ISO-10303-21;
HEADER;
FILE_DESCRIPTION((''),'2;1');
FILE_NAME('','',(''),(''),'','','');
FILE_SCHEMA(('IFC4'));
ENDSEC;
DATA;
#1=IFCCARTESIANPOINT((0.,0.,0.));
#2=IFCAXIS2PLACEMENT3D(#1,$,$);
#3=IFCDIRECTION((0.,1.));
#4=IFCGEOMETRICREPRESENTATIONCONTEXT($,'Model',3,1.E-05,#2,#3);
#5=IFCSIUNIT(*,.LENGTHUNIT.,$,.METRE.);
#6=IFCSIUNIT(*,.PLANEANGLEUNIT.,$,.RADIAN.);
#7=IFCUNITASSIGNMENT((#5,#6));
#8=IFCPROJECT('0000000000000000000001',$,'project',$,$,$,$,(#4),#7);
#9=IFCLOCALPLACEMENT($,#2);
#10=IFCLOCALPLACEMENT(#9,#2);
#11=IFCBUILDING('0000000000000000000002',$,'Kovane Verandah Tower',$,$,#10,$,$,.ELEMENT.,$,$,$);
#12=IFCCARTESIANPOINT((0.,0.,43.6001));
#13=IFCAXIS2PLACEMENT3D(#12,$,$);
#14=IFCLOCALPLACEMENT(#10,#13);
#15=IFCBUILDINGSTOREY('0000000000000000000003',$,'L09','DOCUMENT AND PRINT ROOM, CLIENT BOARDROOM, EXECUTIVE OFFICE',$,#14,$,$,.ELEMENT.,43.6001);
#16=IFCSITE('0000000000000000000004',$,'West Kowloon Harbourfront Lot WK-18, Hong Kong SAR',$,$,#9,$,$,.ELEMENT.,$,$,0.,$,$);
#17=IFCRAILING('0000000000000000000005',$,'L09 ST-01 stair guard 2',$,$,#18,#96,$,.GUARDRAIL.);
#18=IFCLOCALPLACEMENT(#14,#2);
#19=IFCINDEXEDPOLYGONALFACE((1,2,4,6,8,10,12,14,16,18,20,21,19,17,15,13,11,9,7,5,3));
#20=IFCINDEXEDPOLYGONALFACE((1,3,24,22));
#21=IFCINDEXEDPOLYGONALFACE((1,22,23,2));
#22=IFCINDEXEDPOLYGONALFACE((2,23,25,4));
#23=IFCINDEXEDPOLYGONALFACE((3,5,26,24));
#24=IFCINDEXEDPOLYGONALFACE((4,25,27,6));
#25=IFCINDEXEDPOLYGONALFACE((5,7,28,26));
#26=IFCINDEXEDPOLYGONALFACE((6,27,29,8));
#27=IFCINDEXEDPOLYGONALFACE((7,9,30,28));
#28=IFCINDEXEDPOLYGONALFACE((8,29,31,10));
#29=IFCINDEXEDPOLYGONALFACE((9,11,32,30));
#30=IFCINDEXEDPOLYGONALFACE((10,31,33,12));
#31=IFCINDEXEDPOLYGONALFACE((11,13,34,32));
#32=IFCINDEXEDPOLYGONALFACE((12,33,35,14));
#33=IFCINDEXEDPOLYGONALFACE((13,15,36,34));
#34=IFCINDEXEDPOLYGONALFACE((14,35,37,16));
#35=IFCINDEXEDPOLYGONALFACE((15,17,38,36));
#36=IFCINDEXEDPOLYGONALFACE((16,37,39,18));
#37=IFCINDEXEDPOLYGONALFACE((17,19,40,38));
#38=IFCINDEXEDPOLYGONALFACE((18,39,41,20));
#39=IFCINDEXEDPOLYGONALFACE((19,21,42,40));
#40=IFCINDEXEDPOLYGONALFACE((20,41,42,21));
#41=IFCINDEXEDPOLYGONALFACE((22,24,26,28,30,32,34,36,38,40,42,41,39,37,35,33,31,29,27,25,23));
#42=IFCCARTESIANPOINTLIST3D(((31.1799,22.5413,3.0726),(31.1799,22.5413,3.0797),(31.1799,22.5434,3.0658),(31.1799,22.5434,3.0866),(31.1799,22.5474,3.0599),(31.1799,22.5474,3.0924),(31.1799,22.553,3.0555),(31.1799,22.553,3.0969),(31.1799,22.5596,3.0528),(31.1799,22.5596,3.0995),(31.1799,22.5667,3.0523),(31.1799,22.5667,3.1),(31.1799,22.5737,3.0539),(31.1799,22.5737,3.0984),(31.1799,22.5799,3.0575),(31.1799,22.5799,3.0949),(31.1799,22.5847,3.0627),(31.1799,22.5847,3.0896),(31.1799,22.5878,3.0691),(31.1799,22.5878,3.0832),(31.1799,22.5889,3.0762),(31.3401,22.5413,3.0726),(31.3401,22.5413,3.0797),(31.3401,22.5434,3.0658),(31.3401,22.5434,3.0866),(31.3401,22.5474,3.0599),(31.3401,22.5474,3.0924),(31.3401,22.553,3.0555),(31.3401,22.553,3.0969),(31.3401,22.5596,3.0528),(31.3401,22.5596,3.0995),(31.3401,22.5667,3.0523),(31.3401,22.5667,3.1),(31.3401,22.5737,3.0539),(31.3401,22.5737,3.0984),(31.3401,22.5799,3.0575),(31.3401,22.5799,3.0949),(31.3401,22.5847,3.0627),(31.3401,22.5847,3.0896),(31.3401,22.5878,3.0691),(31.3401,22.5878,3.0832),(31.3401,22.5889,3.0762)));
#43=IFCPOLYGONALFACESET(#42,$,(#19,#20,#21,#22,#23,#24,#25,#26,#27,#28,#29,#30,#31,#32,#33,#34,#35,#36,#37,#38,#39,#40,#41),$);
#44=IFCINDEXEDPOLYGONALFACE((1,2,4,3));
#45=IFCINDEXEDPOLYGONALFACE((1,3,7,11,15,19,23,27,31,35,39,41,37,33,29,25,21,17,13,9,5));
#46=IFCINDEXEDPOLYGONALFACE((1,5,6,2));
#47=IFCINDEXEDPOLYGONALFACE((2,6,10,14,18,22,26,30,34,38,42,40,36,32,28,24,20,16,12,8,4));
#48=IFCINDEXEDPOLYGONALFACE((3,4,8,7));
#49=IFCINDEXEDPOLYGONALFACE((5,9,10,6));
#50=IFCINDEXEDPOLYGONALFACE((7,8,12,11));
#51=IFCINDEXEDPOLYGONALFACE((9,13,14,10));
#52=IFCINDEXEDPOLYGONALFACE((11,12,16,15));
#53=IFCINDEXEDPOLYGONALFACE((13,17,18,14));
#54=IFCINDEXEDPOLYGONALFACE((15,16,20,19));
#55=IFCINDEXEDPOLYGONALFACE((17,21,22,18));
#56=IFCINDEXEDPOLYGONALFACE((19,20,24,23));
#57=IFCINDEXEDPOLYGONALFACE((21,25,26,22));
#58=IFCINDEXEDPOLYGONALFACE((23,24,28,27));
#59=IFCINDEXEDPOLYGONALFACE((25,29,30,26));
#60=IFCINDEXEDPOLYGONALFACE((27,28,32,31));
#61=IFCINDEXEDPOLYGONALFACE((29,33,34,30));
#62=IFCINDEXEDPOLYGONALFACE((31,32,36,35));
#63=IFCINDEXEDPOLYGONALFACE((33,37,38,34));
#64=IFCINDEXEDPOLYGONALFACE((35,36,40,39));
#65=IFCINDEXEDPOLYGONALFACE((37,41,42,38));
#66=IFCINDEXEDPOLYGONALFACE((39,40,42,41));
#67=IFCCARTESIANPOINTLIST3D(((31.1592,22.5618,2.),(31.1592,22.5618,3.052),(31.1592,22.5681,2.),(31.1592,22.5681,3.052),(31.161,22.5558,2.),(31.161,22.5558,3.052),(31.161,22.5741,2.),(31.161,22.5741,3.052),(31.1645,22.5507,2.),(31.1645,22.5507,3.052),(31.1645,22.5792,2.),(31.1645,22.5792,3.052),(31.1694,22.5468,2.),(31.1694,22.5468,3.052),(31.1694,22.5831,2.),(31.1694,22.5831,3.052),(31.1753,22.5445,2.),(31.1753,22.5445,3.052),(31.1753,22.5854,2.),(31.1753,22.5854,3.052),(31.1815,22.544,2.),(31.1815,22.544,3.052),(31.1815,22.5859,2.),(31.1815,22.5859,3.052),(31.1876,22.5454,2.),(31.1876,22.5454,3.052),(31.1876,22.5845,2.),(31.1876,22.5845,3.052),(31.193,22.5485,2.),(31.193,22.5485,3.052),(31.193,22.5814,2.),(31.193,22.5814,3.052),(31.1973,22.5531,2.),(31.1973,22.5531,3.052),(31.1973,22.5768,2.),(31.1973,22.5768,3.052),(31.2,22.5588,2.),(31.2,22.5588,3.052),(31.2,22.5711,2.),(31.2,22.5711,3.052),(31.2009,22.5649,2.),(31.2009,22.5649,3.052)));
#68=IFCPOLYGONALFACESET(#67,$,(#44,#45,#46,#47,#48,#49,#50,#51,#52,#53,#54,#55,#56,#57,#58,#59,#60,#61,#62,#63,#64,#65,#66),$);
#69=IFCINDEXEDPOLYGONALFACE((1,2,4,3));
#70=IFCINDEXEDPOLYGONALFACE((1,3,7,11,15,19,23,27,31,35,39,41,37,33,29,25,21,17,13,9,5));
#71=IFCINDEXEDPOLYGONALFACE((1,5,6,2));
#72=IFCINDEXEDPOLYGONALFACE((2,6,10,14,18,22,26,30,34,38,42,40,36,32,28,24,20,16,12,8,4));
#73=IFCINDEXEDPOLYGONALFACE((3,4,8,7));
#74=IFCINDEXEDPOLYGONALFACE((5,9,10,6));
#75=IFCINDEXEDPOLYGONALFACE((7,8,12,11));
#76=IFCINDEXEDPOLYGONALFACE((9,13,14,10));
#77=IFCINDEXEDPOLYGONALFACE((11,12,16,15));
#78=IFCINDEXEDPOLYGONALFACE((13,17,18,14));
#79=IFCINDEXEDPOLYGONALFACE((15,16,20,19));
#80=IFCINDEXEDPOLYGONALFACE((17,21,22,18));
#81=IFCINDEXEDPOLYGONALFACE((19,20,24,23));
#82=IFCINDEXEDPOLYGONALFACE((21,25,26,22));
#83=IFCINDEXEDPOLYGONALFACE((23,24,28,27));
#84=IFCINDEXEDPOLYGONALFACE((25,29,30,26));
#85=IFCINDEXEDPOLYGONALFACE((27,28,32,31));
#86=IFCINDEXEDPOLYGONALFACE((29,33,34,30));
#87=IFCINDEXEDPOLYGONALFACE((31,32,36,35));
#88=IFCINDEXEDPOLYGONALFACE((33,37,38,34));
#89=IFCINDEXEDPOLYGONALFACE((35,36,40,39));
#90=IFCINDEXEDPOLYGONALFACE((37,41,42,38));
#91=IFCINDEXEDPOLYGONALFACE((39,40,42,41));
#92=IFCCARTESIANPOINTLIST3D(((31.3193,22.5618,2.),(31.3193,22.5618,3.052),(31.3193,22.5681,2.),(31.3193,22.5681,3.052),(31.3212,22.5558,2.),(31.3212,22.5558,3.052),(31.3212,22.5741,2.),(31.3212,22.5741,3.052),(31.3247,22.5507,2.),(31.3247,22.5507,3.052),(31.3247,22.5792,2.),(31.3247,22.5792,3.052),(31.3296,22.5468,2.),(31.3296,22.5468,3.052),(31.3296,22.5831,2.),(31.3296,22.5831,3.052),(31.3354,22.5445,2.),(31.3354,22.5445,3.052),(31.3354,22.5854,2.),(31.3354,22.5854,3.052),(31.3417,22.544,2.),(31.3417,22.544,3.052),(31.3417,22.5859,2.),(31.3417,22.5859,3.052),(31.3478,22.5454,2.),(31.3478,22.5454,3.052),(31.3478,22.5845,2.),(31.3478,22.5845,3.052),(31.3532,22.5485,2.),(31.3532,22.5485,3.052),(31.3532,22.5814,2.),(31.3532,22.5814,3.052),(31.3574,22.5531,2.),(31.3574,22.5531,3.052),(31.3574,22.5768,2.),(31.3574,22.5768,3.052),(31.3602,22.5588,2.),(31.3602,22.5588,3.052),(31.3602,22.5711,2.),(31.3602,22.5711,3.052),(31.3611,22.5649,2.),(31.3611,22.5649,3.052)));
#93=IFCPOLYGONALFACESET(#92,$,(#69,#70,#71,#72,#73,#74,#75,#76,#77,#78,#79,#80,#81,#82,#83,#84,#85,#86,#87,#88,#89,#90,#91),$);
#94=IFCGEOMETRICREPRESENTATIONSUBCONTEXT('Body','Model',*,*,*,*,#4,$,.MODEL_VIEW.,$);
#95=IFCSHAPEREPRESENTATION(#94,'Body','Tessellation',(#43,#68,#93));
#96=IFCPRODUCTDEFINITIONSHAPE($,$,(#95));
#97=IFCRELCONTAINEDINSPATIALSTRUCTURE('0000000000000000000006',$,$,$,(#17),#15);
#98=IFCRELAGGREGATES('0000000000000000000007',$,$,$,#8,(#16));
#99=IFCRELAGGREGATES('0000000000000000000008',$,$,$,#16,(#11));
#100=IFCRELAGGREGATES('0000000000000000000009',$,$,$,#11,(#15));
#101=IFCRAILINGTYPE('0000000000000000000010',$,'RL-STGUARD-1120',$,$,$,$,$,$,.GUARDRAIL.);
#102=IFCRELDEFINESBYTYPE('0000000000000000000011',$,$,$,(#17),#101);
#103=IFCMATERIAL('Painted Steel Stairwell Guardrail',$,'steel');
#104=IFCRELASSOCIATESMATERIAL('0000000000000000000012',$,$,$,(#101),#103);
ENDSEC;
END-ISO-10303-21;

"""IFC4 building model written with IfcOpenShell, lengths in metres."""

from ifc_helpers import new_model, si_unit, direction, frame, origin, origin_2d, place, context, subcontext, project, spatial, circle, extrude, material, type_object, element, save


model = new_model("IFC4")

# Units and contexts
model_context = context("Model", 3, precision=1e-05, world=origin(), true_north=direction((0.0, 1.0)))
body_context = subcontext(model_context, "Body", "Model", "MODEL_VIEW")
ifc_project = project(units=[si_unit("LENGTHUNIT", "METRE"), si_unit("PLANEANGLEUNIT", "RADIAN")], contexts=[model_context])

# Site, building, storey
site_placement = place(None, origin())
site = spatial("IfcSite", under=ifc_project, at=site_placement, Name="West Kowloon Harbourfront Lot WK-18, Hong Kong SAR", CompositionType="ELEMENT", RefElevation=0.0)
building_placement = place(site_placement, origin())
building = spatial("IfcBuilding", under=site, at=building_placement, Name="Kovane Verandah Tower", CompositionType="ELEMENT")
storey_placement = place(building_placement, frame((0.0, 0.0, 43.6001)))
storey = spatial("IfcBuildingStorey", under=building, at=storey_placement, Name="L09", Description="DOCUMENT AND PRINT ROOM, CLIENT BOARDROOM, EXECUTIVE OFFICE", CompositionType="ELEMENT", Elevation=43.6001)

# Railing
ifc_material_1 = material(Name="Painted Steel Stairwell Guardrail", Category="steel")
railing_type_1 = type_object("IfcRailingType", Name="RL-STGUARD-1120", PredefinedType="GUARDRAIL", material=ifc_material_1)
railing_1_placement = place(storey_placement, frame((31.1799, 22.5649, 2.0)))
element("IfcRailing", 1, at=railing_1_placement, inside=storey, type_object=railing_type_1, Name="L09 ST-01 stair guard 2", PredefinedType="GUARDRAIL", context=body_context, shape_type="SweptSolid", body=[
    extrude(circle(Radius=0.0239, at=origin_2d()), frame((0.0, 0.0, 1.0762), z_axis=(1.0, 0.0, 0.0), x_axis=(0.0, 1.0, 0.0)), (0.0, 0.0, 1.0), 0.1602),
    extrude(circle(Radius=0.021, at=origin_2d()), origin(), (0.0, 0.0, 1.0), 1.052),
    extrude(circle(Radius=0.021, at=origin_2d()), frame((0.1602, 0.0, 0.0)), (0.0, 0.0, 1.0), 1.052),
])

save(model, "model.ifc")
